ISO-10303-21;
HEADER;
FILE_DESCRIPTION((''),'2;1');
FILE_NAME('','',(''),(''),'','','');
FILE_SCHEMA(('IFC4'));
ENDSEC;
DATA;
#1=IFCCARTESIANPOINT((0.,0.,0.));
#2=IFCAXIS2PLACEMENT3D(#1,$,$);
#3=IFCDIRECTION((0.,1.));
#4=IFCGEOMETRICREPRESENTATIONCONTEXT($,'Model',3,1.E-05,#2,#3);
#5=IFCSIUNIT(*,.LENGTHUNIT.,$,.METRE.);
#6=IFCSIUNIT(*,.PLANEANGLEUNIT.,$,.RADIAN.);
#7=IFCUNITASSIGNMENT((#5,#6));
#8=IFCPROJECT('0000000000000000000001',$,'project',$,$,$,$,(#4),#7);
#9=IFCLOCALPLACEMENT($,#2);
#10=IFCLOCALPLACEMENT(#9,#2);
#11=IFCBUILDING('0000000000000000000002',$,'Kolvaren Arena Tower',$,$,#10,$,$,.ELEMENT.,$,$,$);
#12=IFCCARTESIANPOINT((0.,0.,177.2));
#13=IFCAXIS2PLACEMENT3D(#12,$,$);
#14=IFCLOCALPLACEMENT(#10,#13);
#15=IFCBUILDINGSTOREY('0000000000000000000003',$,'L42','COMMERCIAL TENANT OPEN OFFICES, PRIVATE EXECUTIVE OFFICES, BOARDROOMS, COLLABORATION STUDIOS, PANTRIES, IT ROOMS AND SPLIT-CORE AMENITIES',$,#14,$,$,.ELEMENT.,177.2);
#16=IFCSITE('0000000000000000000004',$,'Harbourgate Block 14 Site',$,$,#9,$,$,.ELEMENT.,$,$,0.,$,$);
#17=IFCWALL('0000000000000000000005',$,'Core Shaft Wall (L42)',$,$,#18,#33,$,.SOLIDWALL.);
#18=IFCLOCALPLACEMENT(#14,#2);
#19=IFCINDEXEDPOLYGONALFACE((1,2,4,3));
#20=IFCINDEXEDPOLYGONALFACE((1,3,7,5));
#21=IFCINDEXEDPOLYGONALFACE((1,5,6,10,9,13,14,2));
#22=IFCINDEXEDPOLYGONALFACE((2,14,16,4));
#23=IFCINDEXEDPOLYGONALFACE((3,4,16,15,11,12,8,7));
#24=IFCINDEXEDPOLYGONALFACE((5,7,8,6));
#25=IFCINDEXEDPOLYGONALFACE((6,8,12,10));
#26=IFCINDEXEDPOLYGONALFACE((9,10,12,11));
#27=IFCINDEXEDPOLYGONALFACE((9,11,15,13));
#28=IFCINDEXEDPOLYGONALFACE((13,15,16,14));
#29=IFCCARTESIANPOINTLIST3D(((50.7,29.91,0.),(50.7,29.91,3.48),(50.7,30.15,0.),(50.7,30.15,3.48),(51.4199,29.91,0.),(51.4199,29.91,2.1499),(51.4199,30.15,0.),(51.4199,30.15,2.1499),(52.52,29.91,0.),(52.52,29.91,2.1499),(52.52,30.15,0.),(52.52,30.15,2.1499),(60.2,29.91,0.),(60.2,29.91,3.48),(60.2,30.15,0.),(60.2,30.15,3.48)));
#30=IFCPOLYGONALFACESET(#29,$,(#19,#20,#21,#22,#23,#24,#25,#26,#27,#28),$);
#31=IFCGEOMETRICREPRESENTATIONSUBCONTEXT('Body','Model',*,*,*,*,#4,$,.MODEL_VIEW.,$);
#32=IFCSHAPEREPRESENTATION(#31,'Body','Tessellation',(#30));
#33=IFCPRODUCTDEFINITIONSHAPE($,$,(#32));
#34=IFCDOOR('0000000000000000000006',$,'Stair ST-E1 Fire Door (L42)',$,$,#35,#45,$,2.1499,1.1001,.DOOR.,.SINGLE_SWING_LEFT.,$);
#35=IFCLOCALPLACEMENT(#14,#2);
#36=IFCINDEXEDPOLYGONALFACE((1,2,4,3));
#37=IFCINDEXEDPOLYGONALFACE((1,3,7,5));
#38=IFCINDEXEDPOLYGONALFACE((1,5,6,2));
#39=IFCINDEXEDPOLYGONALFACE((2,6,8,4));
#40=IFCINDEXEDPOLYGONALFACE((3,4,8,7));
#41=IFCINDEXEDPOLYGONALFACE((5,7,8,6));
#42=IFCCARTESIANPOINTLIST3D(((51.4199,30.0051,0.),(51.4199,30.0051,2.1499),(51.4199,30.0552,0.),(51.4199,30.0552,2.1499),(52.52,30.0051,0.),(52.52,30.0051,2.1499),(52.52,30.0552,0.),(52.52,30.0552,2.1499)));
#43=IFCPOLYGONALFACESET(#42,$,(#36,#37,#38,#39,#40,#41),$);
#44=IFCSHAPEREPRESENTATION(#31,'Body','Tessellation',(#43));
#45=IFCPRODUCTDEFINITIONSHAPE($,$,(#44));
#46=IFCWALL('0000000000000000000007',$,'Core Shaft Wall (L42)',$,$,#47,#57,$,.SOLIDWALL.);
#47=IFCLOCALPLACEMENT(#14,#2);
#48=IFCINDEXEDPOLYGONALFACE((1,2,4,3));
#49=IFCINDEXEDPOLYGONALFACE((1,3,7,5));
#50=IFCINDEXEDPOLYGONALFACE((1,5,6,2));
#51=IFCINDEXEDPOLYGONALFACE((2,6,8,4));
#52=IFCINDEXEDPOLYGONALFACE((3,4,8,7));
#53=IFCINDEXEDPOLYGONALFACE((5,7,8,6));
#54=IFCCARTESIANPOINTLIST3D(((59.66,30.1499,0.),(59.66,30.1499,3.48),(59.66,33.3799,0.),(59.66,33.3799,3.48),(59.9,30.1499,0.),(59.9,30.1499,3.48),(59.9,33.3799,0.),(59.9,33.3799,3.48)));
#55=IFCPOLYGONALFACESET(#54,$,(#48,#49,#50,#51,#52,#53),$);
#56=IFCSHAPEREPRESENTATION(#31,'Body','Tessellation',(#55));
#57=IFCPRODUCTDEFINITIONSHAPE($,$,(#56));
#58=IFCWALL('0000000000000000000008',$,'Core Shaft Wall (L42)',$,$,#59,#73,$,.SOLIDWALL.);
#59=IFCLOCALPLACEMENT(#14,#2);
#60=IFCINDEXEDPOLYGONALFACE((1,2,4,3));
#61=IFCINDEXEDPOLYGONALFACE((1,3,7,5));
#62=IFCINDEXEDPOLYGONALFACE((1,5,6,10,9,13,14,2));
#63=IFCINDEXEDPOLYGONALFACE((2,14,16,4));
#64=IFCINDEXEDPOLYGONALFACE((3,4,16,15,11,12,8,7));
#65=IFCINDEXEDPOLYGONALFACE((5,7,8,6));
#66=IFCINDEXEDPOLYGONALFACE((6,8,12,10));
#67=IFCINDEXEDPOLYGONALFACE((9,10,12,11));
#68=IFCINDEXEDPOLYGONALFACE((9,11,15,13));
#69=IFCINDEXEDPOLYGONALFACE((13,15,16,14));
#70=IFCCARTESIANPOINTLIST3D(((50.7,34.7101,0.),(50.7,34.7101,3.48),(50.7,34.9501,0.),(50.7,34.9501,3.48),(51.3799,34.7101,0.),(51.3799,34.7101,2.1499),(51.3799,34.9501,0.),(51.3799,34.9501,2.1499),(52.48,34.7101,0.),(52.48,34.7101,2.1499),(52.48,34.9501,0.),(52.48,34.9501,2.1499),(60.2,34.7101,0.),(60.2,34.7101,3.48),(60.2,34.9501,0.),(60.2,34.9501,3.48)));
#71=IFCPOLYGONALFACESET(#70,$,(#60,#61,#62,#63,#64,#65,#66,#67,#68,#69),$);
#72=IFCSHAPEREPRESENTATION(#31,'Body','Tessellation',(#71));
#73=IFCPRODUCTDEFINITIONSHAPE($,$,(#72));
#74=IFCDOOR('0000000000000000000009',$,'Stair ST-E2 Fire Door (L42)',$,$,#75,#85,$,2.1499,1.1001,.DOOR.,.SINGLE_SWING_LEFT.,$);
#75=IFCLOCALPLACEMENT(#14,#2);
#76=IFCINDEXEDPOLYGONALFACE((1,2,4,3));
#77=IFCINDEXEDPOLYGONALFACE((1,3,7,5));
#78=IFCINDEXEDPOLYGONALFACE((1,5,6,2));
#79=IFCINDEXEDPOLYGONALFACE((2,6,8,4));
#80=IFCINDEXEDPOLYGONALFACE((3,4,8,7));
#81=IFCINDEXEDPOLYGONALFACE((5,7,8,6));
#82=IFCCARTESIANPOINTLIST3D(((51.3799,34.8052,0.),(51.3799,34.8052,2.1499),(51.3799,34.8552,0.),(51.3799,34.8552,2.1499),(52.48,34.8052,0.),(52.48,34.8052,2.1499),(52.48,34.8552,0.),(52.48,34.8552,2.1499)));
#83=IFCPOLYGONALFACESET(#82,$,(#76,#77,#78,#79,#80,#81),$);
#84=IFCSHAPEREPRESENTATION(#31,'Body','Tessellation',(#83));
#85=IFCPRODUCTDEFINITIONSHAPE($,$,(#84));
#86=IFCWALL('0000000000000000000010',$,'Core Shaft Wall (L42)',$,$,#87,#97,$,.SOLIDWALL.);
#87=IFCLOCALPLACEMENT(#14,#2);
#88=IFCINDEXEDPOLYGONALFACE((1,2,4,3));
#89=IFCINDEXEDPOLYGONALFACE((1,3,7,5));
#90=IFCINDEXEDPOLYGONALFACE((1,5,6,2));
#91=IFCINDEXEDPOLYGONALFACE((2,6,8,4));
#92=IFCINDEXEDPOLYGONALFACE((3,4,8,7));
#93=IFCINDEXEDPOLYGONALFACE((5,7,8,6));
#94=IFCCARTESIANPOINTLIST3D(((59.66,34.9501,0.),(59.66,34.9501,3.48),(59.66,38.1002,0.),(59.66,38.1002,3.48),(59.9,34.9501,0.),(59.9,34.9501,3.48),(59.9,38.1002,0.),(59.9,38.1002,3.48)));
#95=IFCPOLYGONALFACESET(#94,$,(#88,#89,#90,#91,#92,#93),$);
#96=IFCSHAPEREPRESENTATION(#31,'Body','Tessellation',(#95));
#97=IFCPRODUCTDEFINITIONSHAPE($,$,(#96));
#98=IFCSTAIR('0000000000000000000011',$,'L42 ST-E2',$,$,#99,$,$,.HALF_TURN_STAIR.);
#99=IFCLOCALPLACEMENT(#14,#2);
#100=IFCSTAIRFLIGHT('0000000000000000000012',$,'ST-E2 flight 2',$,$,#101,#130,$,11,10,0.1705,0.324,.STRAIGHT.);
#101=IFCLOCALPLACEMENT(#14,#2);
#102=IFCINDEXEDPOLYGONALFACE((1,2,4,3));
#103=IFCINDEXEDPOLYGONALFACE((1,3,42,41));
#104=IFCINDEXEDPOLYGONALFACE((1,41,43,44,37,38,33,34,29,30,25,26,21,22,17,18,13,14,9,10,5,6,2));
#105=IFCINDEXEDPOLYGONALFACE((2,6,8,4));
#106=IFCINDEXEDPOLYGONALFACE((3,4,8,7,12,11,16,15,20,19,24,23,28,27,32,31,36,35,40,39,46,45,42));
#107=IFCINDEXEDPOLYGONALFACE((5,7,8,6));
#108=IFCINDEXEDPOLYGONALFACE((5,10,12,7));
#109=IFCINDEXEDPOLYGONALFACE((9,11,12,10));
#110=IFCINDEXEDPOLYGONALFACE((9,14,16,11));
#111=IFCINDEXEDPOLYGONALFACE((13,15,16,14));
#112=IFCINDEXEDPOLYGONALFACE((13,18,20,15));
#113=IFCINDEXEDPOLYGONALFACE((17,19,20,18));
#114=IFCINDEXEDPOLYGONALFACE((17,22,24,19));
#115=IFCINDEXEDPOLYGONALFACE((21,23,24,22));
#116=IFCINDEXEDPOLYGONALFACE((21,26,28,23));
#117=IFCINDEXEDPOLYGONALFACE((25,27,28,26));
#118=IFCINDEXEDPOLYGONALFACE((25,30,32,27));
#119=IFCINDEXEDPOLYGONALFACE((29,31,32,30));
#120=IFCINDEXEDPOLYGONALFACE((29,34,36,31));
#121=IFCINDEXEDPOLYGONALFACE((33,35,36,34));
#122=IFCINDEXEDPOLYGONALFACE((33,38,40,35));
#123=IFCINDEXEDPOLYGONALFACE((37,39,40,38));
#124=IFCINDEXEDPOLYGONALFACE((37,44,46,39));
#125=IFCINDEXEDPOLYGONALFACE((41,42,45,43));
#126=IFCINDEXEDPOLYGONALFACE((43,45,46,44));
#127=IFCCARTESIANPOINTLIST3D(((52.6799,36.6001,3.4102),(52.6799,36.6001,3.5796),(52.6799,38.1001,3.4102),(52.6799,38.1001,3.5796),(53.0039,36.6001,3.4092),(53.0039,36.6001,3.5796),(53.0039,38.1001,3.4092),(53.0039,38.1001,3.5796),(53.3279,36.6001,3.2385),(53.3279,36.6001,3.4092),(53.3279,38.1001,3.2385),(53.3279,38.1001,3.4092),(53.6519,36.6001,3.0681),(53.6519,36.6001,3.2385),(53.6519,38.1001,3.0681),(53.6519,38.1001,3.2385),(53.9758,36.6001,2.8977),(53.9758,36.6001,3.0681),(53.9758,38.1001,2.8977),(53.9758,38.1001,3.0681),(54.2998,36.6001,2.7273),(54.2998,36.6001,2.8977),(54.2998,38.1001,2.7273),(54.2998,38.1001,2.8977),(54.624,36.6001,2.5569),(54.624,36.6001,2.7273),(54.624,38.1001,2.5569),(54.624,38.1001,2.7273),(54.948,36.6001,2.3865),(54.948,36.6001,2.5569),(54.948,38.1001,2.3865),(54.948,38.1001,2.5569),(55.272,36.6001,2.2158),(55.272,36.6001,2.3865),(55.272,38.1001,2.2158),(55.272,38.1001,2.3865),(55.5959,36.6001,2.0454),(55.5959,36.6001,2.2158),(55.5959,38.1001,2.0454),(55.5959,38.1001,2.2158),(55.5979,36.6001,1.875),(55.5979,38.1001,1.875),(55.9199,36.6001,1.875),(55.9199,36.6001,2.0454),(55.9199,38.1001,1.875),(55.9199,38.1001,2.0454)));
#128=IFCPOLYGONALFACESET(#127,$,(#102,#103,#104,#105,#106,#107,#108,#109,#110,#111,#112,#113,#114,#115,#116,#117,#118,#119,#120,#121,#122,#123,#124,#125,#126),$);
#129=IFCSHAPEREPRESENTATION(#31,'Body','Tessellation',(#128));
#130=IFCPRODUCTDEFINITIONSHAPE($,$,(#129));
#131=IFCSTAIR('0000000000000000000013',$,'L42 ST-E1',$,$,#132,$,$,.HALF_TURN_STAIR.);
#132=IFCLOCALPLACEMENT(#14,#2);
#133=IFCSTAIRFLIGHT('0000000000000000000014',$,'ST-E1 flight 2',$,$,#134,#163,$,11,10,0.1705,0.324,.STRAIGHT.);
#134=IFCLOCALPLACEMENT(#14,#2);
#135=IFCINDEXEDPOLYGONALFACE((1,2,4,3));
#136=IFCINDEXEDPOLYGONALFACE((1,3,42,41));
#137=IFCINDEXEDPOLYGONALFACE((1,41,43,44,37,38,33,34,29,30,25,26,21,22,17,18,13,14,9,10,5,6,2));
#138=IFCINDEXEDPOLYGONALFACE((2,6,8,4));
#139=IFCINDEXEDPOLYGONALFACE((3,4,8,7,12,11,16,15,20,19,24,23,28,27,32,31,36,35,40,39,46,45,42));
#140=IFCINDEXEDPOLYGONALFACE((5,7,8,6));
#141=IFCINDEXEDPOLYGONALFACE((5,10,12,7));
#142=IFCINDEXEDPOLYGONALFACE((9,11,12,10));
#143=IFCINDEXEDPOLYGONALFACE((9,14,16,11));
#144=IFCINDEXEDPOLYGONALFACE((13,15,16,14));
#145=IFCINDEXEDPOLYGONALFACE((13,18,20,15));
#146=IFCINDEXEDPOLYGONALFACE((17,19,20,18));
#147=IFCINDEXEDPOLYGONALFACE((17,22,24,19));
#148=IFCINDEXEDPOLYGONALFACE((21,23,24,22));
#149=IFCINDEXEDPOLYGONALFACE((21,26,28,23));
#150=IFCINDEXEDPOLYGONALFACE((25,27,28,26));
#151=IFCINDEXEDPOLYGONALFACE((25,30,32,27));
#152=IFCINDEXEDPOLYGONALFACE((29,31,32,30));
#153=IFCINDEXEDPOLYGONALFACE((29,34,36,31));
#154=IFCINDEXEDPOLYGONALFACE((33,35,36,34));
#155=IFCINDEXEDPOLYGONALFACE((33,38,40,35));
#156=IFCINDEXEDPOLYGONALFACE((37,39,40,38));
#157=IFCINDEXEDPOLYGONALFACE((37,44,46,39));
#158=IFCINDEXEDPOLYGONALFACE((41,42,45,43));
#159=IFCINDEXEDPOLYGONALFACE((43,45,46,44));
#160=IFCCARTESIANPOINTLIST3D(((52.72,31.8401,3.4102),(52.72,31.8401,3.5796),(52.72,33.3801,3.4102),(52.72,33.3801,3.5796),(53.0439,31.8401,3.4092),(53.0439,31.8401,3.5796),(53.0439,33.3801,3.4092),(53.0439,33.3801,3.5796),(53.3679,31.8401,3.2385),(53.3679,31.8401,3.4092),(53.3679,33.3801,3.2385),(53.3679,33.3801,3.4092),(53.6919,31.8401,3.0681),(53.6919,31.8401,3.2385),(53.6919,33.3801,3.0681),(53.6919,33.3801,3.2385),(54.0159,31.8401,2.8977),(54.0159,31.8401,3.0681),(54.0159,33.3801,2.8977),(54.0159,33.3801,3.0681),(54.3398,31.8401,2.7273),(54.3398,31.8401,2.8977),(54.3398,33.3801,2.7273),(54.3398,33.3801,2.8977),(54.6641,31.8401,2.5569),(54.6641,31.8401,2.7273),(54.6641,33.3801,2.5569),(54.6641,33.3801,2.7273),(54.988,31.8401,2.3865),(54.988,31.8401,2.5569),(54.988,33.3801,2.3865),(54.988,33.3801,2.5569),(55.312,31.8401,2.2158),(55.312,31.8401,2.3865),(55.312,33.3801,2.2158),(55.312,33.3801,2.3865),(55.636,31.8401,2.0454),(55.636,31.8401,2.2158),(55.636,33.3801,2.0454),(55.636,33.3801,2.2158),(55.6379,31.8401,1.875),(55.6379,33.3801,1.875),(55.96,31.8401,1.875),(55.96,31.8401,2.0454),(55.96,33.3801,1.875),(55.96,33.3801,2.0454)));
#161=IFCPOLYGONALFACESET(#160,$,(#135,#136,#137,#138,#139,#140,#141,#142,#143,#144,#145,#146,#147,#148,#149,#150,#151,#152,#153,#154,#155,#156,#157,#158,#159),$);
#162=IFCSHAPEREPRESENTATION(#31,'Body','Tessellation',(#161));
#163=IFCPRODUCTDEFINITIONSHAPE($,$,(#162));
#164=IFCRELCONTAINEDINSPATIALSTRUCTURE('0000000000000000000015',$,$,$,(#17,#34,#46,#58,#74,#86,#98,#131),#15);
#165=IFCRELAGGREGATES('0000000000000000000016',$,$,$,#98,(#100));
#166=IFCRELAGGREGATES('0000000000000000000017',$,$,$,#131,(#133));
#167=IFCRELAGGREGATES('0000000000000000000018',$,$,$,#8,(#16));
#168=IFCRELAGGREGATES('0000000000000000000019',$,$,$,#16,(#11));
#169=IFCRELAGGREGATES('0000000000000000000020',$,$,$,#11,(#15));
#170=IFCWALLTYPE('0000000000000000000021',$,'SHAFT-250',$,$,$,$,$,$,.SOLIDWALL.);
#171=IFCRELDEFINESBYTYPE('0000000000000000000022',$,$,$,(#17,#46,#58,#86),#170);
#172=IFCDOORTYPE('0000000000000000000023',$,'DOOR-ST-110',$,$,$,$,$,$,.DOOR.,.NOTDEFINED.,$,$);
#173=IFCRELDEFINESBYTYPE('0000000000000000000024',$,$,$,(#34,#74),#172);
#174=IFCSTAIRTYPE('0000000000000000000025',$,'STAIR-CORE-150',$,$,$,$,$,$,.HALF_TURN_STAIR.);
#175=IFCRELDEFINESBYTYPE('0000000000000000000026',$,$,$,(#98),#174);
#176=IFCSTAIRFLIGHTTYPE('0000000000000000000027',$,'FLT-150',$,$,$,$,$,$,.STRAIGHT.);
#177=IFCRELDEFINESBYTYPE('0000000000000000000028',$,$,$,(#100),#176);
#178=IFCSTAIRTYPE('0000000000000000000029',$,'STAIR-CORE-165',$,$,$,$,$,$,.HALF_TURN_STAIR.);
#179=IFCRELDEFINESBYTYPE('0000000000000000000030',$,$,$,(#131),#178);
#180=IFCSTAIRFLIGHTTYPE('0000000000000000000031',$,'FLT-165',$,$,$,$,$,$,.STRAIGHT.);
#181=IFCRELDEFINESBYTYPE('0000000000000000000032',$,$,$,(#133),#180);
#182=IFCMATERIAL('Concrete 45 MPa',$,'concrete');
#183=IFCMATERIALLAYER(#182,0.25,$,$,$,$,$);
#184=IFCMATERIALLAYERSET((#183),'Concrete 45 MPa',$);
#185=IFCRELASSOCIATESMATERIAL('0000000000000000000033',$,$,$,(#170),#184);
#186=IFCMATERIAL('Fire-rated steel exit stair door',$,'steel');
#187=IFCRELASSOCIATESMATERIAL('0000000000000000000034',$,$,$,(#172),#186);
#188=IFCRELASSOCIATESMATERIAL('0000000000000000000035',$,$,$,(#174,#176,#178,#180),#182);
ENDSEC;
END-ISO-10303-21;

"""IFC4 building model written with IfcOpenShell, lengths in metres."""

from ifc_helpers import new_model, si_unit, direction, frame, frame_2d, origin, place, context, subcontext, project, spatial, polyline, rectangle, outline, extrude, material, layer, layer_set, type_object, element, fill, aggregate, save


model = new_model("IFC4")

# Units and contexts
model_context = context("Model", 3, precision=1e-05, world=origin(), true_north=direction((0.0, 1.0)))
body_context = subcontext(model_context, "Body", "Model", "MODEL_VIEW")
ifc_project = project(units=[si_unit("LENGTHUNIT", "METRE"), si_unit("PLANEANGLEUNIT", "RADIAN")], contexts=[model_context])

# Site, building, storey
site_placement = place(None, origin())
site = spatial("IfcSite", under=ifc_project, at=site_placement, Name="Harbourgate Block 14 Site", CompositionType="ELEMENT", RefElevation=0.0)
building_placement = place(site_placement, origin())
building = spatial("IfcBuilding", under=site, at=building_placement, Name="Kolvaren Arena Tower", CompositionType="ELEMENT")
storey_placement = place(building_placement, frame((0.0, 0.0, 177.2)))
storey = spatial("IfcBuildingStorey", under=building, at=storey_placement, Name="L42", Description="COMMERCIAL TENANT OPEN OFFICES, PRIVATE EXECUTIVE OFFICES, BOARDROOMS, COLLABORATION STUDIOS, PANTRIES, IT ROOMS AND SPLIT-CORE AMENITIES", CompositionType="ELEMENT", Elevation=177.2)

# Wall, opening, door
ifc_material_1 = material(Name="Concrete 45 MPa", Category="concrete")
ifc_layer = layer(ifc_material_1, 0.25)
ifc_layer_set = layer_set([ifc_layer], Name="Concrete 45 MPa")
wall_type = type_object("IfcWallType", Name="SHAFT-250", PredefinedType="SOLIDWALL", material=ifc_layer_set)
wall_1_placement = place(storey_placement, frame((60.2, 30.03, 0.0), z_axis=(0.0, 0.0, 1.0), x_axis=(-1.0, 0.0, 0.0)))
wall_1 = element("IfcWall", 1, at=wall_1_placement, inside=storey, type_object=wall_type, Name="Core Shaft Wall (L42)", PredefinedType="SOLIDWALL", context=body_context, shape_type="SweptSolid", body=[
    extrude(rectangle(XDim=9.5, YDim=0.24, at=frame_2d((4.75, 0.0))), origin(), (0.0, 0.0, 1.0), 3.48),
])
opening_1_placement = place(wall_1_placement, frame((7.6799, 0.0, 0.0)))
opening_1 = element("IfcOpeningElement", 2, at=opening_1_placement, cuts=wall_1, PredefinedType="OPENING", context=body_context, shape_type="SweptSolid", body=[
    extrude(rectangle(XDim=1.1001, YDim=2.1499, at=frame_2d((0.55, 1.075))), frame((0.0, 0.1299, 0.0), z_axis=(0.0, -1.0, 0.0), x_axis=(1.0, 0.0, 0.0)), (0.0, 0.0, 1.0), 0.26),
])
ifc_material_2 = material(Name="Fire-rated steel exit stair door", Category="steel")
door_type = type_object("IfcDoorType", Name="DOOR-ST-110", OperationType="NOTDEFINED", PredefinedType="DOOR", material=ifc_material_2)
door_1_placement = place(opening_1_placement, origin())
door_1 = element("IfcDoor", 3, at=door_1_placement, inside=storey, type_object=door_type, Name="Stair ST-E1 Fire Door (L42)", OperationType="SINGLE_SWING_LEFT", OverallHeight=2.1499, OverallWidth=1.1001, PredefinedType="DOOR", context=body_context, shape_type="SweptSolid", body=[
    extrude(rectangle(XDim=1.1001, YDim=2.1499, at=frame_2d((0.55, 1.075))), frame((0.0, 0.0249, 0.0), z_axis=(0.0, -1.0, 0.0), x_axis=(1.0, 0.0, 0.0)), (0.0, 0.0, 1.0), 0.05),
])
fill(opening_1, door_1)

# Wall
wall_2_placement = place(storey_placement, frame((59.78, 30.1499, 0.0), z_axis=(0.0, 0.0, 1.0), x_axis=(0.0, 1.0, 0.0)))
element("IfcWall", 4, at=wall_2_placement, inside=storey, type_object=wall_type, Name="Core Shaft Wall (L42)", PredefinedType="SOLIDWALL", context=body_context, shape_type="SweptSolid", body=[
    extrude(rectangle(XDim=3.23, YDim=0.24, at=frame_2d((1.615, 0.0))), origin(), (0.0, 0.0, 1.0), 3.48),
])

# Wall, opening, door
wall_3_placement = place(storey_placement, frame((60.2, 34.8301, 0.0), z_axis=(0.0, 0.0, 1.0), x_axis=(-1.0, 0.0, 0.0)))
wall_3 = element("IfcWall", 5, at=wall_3_placement, inside=storey, type_object=wall_type, Name="Core Shaft Wall (L42)", PredefinedType="SOLIDWALL", context=body_context, shape_type="SweptSolid", body=[
    extrude(rectangle(XDim=9.5, YDim=0.24, at=frame_2d((4.75, 0.0))), origin(), (0.0, 0.0, 1.0), 3.48),
])
opening_2_placement = place(wall_3_placement, frame((7.72, 0.0, 0.0)))
opening_2 = element("IfcOpeningElement", 6, at=opening_2_placement, cuts=wall_3, PredefinedType="OPENING", context=body_context, shape_type="SweptSolid", body=[
    extrude(rectangle(XDim=1.1001, YDim=2.1499, at=frame_2d((0.55, 1.075))), frame((0.0, 0.1299, 0.0), z_axis=(0.0, -1.0, 0.0), x_axis=(1.0, 0.0, 0.0)), (0.0, 0.0, 1.0), 0.26),
])
door_2_placement = place(opening_2_placement, origin())
door_2 = element("IfcDoor", 7, at=door_2_placement, inside=storey, type_object=door_type, Name="Stair ST-E2 Fire Door (L42)", OperationType="SINGLE_SWING_LEFT", OverallHeight=2.1499, OverallWidth=1.1001, PredefinedType="DOOR", context=body_context, shape_type="SweptSolid", body=[
    extrude(rectangle(XDim=1.1001, YDim=2.1499, at=frame_2d((0.55, 1.075))), frame((0.0, 0.0249, 0.0), z_axis=(0.0, -1.0, 0.0), x_axis=(1.0, 0.0, 0.0)), (0.0, 0.0, 1.0), 0.05),
])
fill(opening_2, door_2)

# Wall
wall_4_placement = place(storey_placement, frame((59.78, 34.95, 0.0), z_axis=(0.0, 0.0, 1.0), x_axis=(0.0, 1.0, 0.0)))
element("IfcWall", 8, at=wall_4_placement, inside=storey, type_object=wall_type, Name="Core Shaft Wall (L42)", PredefinedType="SOLIDWALL", context=body_context, shape_type="SweptSolid", body=[
    extrude(rectangle(XDim=3.1501, YDim=0.24, at=frame_2d((1.5752, 0.0))), origin(), (0.0, 0.0, 1.0), 3.48),
])

# Stairs, stair flights
stair_type_1 = type_object("IfcStairType", Name="STAIR-CORE-150", PredefinedType="HALF_TURN_STAIR", material=ifc_material_1)
stair_1_placement = place(storey_placement, origin())
stair_1 = element("IfcStair", 9, at=stair_1_placement, inside=storey, type_object=stair_type_1, Name="L42 ST-E2", PredefinedType="HALF_TURN_STAIR")
stair_flight_type_1 = type_object("IfcStairFlightType", Name="FLT-150", PredefinedType="STRAIGHT", material=ifc_material_1)
stair_flight_1_placement = place(storey_placement, frame((55.9199, 37.3501, 1.875), z_axis=(0.0, 0.0, 1.0), x_axis=(-1.0, 0.0, 0.0)))
stair_flight_1 = element("IfcStairFlight", 10, at=stair_flight_1_placement, type_object=stair_flight_type_1, Name="ST-E2 flight 2", NumberOfRisers=11, NumberOfTreads=10, PredefinedType="STRAIGHT", RiserHeight=0.1705, TreadLength=0.324, context=body_context, shape_type="SweptSolid", body=[
    extrude(outline(polyline([(0.0, 0.0), (0.0, 0.1704), (0.324, 0.1704), (0.324, 0.3408), (0.6479, 0.3408), (0.6479, 0.5115), (0.9719, 0.5115), (0.9719, 0.6819), (1.2959, 0.6819), (1.2959, 0.8523), (1.6201, 0.8523), (1.6201, 1.0227), (1.9441, 1.0227), (1.9441, 1.1931), (2.2681, 1.1931), (2.2681, 1.3635), (2.592, 1.3635), (2.592, 1.5342), (2.916, 1.5342), (2.916, 1.7046), (3.24, 1.7046), (3.24, 1.875), (3.24, 1.5352), (0.322, 0.0), (0.0, 0.0)])), frame((0.0, 0.75, 0.0), z_axis=(0.0, -1.0, 0.0), x_axis=(1.0, 0.0, 0.0)), (0.0, 0.0, 1.0), 1.5),
])
aggregate(stair_1, [stair_flight_1])
stair_type_2 = type_object("IfcStairType", Name="STAIR-CORE-165", PredefinedType="HALF_TURN_STAIR", material=ifc_material_1)
stair_2_placement = place(storey_placement, origin())
stair_2 = element("IfcStair", 11, at=stair_2_placement, inside=storey, type_object=stair_type_2, Name="L42 ST-E1", PredefinedType="HALF_TURN_STAIR")
stair_flight_type_2 = type_object("IfcStairFlightType", Name="FLT-165", PredefinedType="STRAIGHT", material=ifc_material_1)
stair_flight_2_placement = place(storey_placement, frame((55.96, 32.6101, 1.875), z_axis=(0.0, 0.0, 1.0), x_axis=(-1.0, 0.0, 0.0)))
stair_flight_2 = element("IfcStairFlight", 12, at=stair_flight_2_placement, type_object=stair_flight_type_2, Name="ST-E1 flight 2", NumberOfRisers=11, NumberOfTreads=10, PredefinedType="STRAIGHT", RiserHeight=0.1705, TreadLength=0.324, context=body_context, shape_type="SweptSolid", body=[
    extrude(outline(polyline([(0.0, 0.0), (0.0, 0.1704), (0.324, 0.1704), (0.324, 0.3408), (0.6479, 0.3408), (0.6479, 0.5115), (0.9719, 0.5115), (0.9719, 0.6819), (1.2959, 0.6819), (1.2959, 0.8523), (1.6201, 0.8523), (1.6201, 1.0227), (1.9441, 1.0227), (1.9441, 1.1931), (2.2681, 1.1931), (2.2681, 1.3635), (2.592, 1.3635), (2.592, 1.5342), (2.916, 1.5342), (2.916, 1.7046), (3.24, 1.7046), (3.24, 1.875), (3.24, 1.5352), (0.322, 0.0), (0.0, 0.0)])), frame((0.0, 0.77, 0.0), z_axis=(0.0, -1.0, 0.0), x_axis=(1.0, 0.0, 0.0)), (0.0, 0.0, 1.0), 1.54),
])
aggregate(stair_2, [stair_flight_2])

save(model, "model.ifc")
